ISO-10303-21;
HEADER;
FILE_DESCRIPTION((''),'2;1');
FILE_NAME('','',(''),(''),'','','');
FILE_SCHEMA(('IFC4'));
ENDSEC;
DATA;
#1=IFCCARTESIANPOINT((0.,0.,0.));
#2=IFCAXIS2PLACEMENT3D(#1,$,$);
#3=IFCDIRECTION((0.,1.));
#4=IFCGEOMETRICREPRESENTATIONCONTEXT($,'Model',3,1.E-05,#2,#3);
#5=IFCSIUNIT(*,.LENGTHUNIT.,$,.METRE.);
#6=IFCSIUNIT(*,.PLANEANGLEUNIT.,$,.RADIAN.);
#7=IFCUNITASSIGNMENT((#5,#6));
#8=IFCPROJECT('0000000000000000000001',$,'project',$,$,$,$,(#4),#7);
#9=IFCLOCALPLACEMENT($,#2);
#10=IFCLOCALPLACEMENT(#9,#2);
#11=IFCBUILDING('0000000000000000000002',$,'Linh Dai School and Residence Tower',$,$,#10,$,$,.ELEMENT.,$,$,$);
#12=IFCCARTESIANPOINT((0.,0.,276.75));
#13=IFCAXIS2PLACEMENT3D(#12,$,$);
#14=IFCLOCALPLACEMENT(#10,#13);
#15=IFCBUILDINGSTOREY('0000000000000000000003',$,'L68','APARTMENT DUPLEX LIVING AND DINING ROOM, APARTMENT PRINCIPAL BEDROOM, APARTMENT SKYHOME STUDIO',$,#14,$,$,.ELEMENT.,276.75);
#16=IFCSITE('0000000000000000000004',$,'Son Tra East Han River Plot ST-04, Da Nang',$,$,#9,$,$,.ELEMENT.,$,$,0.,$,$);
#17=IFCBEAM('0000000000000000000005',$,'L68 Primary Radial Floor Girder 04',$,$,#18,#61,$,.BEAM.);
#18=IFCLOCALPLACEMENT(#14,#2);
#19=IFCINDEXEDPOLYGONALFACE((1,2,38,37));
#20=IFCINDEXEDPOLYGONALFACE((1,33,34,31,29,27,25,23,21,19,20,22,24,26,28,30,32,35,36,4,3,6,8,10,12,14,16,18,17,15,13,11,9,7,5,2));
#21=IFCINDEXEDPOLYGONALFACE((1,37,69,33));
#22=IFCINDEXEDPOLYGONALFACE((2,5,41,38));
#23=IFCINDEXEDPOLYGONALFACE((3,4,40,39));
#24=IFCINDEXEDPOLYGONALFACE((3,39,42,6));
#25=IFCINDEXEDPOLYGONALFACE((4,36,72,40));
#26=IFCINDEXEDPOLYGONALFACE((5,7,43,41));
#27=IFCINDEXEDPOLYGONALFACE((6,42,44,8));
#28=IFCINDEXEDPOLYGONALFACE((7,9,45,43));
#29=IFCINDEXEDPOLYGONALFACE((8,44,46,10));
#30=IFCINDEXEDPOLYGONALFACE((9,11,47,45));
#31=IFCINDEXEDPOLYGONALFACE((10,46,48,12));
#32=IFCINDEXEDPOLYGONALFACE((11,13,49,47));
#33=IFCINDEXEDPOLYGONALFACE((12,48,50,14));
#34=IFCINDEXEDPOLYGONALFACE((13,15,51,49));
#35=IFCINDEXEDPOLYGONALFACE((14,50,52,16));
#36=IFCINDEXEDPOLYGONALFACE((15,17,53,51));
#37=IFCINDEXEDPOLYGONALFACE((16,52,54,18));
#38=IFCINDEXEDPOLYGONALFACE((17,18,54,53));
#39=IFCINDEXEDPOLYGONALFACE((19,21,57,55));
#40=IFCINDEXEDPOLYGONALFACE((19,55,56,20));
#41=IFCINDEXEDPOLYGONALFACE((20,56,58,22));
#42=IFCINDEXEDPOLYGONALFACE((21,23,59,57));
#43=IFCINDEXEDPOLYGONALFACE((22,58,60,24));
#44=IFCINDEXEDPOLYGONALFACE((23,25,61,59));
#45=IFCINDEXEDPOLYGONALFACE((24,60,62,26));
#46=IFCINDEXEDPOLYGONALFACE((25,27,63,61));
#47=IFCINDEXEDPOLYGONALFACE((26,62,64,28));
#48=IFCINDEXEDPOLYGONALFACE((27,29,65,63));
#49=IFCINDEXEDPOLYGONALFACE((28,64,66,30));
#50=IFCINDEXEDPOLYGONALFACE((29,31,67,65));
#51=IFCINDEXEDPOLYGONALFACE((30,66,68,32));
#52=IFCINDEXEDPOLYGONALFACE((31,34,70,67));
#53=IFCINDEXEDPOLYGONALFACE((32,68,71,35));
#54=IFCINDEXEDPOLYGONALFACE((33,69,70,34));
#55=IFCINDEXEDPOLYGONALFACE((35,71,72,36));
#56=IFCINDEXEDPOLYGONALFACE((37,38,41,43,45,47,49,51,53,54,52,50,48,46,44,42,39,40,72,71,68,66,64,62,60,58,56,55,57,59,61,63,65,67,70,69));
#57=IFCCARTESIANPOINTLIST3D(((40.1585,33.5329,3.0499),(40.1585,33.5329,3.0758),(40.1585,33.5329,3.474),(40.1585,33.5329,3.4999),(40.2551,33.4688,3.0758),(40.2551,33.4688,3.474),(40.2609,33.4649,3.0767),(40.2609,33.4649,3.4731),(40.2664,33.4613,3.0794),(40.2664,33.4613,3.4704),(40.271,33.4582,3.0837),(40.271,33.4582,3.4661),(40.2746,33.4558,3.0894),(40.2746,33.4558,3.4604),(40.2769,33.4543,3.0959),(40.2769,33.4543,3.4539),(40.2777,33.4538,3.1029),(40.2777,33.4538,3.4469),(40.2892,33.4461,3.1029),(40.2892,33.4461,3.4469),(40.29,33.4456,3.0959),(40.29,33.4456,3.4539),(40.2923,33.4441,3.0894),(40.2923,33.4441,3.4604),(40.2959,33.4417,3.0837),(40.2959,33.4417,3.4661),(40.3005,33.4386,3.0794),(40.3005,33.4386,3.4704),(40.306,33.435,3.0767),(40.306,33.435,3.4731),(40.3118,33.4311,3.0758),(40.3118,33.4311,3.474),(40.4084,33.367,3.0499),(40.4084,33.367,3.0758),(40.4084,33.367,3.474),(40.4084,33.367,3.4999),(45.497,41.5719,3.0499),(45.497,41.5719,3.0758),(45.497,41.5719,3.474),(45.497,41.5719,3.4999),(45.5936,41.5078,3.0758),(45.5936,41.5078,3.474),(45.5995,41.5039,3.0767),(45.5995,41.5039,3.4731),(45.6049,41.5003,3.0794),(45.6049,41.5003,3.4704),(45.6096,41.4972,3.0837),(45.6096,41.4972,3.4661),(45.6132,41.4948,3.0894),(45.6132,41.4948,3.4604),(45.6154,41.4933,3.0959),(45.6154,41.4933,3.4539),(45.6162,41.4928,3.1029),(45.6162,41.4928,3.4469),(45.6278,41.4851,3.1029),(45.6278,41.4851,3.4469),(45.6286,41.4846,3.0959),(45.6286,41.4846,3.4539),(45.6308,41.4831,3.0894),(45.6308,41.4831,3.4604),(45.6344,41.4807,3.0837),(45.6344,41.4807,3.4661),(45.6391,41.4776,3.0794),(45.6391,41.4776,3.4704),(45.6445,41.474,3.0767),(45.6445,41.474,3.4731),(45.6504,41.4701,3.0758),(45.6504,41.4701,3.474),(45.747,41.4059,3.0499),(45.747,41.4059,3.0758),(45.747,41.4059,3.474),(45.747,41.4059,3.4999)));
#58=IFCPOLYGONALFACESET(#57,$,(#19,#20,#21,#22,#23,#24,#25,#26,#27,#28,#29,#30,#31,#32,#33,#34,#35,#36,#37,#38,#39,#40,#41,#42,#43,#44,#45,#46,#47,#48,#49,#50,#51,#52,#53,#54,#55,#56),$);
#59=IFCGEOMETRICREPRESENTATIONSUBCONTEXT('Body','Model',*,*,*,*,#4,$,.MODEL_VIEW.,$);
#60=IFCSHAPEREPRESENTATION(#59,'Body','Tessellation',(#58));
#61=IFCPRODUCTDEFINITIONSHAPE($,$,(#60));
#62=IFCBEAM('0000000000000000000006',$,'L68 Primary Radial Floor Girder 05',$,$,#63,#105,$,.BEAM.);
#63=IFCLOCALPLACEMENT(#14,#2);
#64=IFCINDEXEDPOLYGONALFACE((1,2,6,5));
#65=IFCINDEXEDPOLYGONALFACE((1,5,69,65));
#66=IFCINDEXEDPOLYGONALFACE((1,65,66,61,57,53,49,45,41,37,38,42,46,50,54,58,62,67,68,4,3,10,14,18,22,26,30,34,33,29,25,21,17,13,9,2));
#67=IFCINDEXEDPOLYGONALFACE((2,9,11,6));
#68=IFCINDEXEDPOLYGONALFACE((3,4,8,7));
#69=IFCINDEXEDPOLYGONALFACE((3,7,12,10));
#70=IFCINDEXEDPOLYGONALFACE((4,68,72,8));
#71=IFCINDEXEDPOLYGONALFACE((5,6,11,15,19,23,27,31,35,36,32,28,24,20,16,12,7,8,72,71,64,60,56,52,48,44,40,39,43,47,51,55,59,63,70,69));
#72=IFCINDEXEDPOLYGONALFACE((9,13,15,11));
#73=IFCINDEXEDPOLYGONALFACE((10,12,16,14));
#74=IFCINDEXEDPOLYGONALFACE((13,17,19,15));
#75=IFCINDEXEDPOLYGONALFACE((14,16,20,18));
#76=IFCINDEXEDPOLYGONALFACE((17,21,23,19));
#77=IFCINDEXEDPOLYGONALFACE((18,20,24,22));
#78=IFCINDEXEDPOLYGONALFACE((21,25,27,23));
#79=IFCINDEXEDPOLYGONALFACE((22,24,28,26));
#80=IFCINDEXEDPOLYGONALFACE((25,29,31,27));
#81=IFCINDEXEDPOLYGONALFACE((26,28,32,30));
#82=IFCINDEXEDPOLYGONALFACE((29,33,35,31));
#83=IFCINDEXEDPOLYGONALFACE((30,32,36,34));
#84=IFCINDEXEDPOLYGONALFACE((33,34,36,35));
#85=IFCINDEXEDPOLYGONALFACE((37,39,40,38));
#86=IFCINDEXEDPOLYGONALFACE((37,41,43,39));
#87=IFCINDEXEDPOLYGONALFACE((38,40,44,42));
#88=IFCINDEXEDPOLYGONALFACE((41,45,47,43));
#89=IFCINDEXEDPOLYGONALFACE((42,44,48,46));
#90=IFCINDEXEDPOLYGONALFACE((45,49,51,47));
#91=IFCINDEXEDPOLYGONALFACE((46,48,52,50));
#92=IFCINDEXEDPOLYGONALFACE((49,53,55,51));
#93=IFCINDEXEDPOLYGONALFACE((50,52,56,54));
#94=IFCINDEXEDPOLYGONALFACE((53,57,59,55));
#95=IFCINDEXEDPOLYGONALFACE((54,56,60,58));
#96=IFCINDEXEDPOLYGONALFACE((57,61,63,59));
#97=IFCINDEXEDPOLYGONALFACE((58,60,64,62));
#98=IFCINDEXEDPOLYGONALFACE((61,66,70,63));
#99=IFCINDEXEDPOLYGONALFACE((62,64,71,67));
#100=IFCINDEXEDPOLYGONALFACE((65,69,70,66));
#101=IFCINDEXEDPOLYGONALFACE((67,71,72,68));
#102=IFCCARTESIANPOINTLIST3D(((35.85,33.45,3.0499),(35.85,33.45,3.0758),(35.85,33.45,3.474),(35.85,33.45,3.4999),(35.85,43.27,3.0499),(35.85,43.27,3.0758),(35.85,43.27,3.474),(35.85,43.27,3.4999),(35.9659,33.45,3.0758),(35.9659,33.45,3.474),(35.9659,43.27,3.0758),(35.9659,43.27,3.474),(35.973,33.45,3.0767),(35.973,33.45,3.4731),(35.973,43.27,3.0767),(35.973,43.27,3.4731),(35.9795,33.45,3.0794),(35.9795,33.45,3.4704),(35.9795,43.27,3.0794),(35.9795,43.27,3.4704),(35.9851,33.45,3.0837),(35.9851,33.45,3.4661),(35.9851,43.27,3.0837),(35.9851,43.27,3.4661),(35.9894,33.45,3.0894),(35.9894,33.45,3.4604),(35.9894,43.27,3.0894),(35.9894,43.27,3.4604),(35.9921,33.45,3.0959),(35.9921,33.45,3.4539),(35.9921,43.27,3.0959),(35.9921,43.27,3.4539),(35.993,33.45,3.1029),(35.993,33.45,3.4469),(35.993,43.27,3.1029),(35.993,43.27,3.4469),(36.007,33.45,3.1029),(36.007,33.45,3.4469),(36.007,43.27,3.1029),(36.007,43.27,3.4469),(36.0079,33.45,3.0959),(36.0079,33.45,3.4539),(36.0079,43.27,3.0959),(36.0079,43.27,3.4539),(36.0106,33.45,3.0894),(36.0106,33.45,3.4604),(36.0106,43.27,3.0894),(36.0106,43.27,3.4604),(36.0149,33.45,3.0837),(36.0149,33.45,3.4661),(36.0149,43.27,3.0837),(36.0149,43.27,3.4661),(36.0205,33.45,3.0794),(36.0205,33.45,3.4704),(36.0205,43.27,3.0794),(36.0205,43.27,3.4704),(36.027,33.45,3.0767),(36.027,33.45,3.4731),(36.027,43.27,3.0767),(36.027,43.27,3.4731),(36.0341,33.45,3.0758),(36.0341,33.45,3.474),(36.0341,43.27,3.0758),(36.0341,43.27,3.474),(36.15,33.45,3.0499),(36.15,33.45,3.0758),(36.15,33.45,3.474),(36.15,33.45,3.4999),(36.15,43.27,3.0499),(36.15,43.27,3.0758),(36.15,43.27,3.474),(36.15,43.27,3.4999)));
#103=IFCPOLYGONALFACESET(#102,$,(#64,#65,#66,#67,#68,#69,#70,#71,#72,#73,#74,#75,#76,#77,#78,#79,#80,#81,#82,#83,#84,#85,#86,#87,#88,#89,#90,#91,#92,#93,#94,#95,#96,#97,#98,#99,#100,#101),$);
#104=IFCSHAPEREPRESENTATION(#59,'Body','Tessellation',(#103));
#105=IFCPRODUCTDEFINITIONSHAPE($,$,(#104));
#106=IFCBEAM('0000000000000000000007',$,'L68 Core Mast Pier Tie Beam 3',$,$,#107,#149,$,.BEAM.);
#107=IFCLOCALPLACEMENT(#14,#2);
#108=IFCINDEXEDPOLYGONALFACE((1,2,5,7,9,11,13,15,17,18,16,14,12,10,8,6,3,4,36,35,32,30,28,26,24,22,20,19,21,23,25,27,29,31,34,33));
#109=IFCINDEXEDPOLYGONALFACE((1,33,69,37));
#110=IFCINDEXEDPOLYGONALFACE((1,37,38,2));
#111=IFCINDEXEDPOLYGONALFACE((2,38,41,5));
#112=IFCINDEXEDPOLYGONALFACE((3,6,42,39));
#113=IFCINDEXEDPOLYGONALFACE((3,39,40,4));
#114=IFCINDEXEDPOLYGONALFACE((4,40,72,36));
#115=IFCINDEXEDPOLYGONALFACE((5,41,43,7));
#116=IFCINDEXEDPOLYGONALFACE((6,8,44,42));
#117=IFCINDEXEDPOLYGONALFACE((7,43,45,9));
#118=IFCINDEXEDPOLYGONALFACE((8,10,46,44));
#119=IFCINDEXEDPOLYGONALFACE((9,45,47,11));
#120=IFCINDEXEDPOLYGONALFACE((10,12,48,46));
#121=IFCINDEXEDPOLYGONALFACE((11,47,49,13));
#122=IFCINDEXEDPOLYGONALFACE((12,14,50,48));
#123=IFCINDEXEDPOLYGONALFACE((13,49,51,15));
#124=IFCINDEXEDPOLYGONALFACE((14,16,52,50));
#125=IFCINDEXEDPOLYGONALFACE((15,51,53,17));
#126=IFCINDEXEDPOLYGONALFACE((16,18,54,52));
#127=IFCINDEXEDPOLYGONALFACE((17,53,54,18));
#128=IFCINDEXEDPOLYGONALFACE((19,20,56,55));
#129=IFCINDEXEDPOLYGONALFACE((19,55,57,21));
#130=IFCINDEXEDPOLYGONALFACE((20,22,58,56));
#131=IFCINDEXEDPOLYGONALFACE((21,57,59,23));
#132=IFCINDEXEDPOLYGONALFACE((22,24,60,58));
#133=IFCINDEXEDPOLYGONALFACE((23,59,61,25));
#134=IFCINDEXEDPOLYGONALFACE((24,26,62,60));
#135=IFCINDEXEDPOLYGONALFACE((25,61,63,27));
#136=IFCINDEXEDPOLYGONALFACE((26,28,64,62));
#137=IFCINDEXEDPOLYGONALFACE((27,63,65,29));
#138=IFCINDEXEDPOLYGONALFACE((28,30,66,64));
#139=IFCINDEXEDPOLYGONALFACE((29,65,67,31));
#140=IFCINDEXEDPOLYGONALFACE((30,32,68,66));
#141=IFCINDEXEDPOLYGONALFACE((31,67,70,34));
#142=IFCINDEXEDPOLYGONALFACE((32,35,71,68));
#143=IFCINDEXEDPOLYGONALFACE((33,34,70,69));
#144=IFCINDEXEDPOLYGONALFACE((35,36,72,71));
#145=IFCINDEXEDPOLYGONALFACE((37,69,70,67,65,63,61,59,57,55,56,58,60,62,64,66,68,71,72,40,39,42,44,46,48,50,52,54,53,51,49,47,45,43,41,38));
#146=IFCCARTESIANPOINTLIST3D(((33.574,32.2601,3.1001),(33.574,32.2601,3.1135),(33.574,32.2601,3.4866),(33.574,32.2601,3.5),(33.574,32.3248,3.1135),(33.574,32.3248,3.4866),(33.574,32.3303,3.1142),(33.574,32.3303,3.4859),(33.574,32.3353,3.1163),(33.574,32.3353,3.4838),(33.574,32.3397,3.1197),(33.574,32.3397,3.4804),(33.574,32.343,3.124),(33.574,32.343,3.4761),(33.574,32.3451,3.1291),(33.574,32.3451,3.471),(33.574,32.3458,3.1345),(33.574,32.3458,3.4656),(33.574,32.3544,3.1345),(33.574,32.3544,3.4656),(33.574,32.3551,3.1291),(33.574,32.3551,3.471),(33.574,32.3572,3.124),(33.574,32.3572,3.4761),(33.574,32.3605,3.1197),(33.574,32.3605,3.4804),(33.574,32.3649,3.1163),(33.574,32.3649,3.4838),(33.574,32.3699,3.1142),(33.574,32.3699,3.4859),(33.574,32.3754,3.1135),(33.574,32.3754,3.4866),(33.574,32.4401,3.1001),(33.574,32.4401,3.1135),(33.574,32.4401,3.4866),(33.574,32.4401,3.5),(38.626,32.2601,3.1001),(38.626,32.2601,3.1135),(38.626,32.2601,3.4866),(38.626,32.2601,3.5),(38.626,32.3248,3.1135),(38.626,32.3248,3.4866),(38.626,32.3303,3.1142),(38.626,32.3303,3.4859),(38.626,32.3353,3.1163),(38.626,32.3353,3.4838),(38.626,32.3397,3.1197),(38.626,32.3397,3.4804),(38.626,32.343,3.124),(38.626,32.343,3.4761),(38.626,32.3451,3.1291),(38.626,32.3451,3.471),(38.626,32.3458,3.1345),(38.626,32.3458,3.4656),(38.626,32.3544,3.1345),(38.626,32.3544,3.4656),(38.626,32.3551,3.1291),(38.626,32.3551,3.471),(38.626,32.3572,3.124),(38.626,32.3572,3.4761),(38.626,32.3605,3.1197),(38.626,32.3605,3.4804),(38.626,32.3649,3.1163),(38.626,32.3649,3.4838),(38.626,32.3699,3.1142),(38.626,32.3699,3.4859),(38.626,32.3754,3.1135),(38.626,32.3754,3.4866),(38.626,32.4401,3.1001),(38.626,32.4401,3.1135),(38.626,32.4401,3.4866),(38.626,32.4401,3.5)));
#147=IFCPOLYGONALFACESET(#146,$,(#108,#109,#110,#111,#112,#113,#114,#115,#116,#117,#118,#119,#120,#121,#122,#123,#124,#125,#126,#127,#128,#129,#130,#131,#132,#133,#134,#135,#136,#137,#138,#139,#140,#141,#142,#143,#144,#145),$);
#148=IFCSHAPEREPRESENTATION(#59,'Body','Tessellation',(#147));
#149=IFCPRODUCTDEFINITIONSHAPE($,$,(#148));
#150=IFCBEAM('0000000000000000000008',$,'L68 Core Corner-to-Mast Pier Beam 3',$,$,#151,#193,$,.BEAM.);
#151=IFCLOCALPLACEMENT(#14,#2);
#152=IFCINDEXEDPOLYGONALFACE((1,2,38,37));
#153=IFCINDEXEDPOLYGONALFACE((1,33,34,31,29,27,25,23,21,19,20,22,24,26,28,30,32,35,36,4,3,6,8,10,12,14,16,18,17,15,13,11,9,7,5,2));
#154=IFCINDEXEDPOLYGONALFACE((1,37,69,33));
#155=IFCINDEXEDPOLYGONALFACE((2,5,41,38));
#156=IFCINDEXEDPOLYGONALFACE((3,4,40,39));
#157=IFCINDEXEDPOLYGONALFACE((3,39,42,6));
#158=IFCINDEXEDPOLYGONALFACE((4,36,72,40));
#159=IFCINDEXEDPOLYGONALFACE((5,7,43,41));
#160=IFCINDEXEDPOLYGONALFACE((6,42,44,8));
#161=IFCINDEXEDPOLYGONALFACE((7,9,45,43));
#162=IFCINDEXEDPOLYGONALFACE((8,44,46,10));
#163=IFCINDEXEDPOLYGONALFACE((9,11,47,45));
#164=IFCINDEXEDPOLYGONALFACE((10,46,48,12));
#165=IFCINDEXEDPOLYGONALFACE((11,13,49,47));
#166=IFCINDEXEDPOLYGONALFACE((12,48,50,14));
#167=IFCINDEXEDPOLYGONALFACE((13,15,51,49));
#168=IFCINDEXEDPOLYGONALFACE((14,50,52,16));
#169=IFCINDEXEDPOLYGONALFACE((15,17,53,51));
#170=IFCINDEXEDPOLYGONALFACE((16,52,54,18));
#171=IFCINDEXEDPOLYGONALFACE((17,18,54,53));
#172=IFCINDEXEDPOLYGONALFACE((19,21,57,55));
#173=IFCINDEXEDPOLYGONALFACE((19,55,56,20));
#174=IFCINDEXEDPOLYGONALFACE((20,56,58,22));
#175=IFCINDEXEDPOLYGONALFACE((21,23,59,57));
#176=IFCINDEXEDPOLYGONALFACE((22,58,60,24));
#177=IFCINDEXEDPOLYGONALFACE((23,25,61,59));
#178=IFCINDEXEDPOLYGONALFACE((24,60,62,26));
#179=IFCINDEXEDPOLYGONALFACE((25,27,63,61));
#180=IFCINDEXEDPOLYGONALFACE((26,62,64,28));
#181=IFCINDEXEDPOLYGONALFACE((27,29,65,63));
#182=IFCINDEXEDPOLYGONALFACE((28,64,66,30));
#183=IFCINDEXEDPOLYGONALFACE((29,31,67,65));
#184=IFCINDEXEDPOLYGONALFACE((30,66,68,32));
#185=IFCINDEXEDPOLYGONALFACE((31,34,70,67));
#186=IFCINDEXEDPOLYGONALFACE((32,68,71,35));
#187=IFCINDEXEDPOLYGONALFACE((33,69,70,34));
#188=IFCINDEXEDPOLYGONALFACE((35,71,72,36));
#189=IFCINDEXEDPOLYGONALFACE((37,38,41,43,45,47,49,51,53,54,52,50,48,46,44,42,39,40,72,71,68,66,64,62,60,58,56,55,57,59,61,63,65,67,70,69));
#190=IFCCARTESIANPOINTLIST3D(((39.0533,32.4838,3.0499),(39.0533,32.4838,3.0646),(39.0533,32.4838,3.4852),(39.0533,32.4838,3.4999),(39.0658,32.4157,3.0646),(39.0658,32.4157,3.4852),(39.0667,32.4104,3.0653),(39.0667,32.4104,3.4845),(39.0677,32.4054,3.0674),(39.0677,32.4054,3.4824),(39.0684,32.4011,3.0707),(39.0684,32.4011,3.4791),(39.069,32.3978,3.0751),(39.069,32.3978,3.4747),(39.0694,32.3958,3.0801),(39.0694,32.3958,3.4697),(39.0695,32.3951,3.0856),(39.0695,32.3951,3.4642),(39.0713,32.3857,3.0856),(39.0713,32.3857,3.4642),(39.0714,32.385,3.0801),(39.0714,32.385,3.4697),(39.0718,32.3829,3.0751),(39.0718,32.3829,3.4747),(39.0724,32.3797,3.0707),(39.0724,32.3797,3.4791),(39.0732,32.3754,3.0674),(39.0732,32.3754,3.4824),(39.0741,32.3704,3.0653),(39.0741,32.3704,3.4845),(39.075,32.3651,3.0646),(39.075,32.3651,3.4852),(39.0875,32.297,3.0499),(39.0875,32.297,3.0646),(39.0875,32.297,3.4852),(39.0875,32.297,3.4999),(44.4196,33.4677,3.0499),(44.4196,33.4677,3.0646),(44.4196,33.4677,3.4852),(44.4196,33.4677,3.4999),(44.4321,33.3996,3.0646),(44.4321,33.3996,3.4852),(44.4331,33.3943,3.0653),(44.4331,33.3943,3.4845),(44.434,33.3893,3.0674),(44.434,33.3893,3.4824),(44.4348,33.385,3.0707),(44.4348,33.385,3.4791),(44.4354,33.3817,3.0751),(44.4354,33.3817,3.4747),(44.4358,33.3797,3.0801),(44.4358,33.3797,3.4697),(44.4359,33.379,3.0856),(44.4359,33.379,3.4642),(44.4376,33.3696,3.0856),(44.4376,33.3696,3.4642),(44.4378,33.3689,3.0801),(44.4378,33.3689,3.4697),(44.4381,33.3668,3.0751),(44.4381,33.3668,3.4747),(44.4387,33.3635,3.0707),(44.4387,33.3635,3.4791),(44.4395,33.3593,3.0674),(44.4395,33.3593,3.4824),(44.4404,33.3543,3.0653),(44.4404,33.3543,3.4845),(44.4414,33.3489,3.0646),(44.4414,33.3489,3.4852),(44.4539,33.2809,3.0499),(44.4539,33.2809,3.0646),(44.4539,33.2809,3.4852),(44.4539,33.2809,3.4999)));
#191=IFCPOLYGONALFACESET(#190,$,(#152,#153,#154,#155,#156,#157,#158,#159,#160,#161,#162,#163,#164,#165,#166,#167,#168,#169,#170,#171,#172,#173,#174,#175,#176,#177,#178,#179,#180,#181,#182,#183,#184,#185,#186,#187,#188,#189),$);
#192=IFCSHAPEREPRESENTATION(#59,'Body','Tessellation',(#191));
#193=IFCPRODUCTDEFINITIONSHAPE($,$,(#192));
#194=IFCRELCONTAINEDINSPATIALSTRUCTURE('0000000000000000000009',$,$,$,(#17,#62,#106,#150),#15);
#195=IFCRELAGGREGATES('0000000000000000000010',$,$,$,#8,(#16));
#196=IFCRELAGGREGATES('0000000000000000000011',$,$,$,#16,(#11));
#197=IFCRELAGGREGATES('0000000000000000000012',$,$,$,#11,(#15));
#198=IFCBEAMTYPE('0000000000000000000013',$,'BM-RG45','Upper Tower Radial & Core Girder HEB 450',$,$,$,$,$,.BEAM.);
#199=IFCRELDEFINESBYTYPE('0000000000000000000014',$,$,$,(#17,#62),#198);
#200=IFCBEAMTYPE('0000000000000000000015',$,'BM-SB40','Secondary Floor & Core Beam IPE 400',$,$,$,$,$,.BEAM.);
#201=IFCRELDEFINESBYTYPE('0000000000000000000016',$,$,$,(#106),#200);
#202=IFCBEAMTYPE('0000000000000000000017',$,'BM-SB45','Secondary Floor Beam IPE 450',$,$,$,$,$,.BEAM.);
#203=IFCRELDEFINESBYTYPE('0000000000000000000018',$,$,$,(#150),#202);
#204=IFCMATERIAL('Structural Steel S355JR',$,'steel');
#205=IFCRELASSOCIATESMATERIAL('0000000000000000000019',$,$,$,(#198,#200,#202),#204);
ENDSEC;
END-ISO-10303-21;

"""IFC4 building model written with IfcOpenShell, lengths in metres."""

from ifc_helpers import new_model, si_unit, direction, frame, origin, origin_2d, place, context, subcontext, project, spatial, i_section, extrude, material, material_profile, profile_set, type_object, element, save


model = new_model("IFC4")

# Units and contexts
model_context = context("Model", 3, precision=1e-05, world=origin(), true_north=direction((0.0, 1.0)))
body_context = subcontext(model_context, "Body", "Model", "MODEL_VIEW")
ifc_project = project(units=[si_unit("LENGTHUNIT", "METRE"), si_unit("PLANEANGLEUNIT", "RADIAN")], contexts=[model_context])

# Site, building, storey
site_placement = place(None, origin())
site = spatial("IfcSite", under=ifc_project, at=site_placement, Name="Son Tra East Han River Plot ST-04, Da Nang", CompositionType="ELEMENT", RefElevation=0.0)
building_placement = place(site_placement, origin())
building = spatial("IfcBuilding", under=site, at=building_placement, Name="Linh Dai School and Residence Tower", CompositionType="ELEMENT")
storey_placement = place(building_placement, frame((0.0, 0.0, 276.75)))
storey = spatial("IfcBuildingStorey", under=building, at=storey_placement, Name="L68", Description="APARTMENT DUPLEX LIVING AND DINING ROOM, APARTMENT PRINCIPAL BEDROOM, APARTMENT SKYHOME STUDIO", CompositionType="ELEMENT", Elevation=276.75)

# Shared definitions
ifc_material_1 = material(Name="Structural Steel S355JR", Category="steel")

# Beams
ifc_material_profile_1 = material_profile(ifc_material_1, i_section(OverallWidth=0.3, OverallDepth=0.45, WebThickness=0.0139, FlangeThickness=0.0259, FilletRadius=0.0271, at=origin_2d()), Name="HEB 450")
ifc_profile_set_1 = profile_set([ifc_material_profile_1], Name="Structural Steel S355JR")
beam_type_1 = type_object("IfcBeamType", Name="BM-RG45", Description="Upper Tower Radial & Core Girder HEB 450", PredefinedType="BEAM", material=ifc_profile_set_1)
beam_1_placement = place(storey_placement, frame((40.2834, 33.45, 3.2749), z_axis=(0.553211, 0.833041, 0.0), x_axis=(-0.833041, 0.553211, 0.0)))
element("IfcBeam", 1, at=beam_1_placement, inside=storey, type_object=beam_type_1, Name="L68 Primary Radial Floor Girder 04", PredefinedType="BEAM", context=body_context, shape_type="SweptSolid", body=[
    extrude(i_section(OverallWidth=0.3, OverallDepth=0.45, WebThickness=0.0139, FlangeThickness=0.0259, FilletRadius=0.0271, at=origin_2d()), origin(), (0.0, 0.0, 1.0), 9.6501),
])
beam_2_placement = place(storey_placement, frame((36.0, 33.45, 3.2749), z_axis=(0.0, 1.0, 0.0), x_axis=(-1.0, 0.0, 0.0)))
element("IfcBeam", 2, at=beam_2_placement, inside=storey, type_object=beam_type_1, Name="L68 Primary Radial Floor Girder 05", PredefinedType="BEAM", context=body_context, shape_type="SweptSolid", body=[
    extrude(i_section(OverallWidth=0.3, OverallDepth=0.45, WebThickness=0.0139, FlangeThickness=0.0259, FilletRadius=0.0271, at=origin_2d()), origin(), (0.0, 0.0, 1.0), 9.8201),
])
ifc_material_profile_2 = material_profile(ifc_material_1, i_section(OverallWidth=0.1799, OverallDepth=0.3999, WebThickness=0.0085, FlangeThickness=0.0134, FilletRadius=0.021, at=origin_2d()), Name="IPE 400")
ifc_profile_set_2 = profile_set([ifc_material_profile_2], Name="Structural Steel S355JR")
beam_type_2 = type_object("IfcBeamType", Name="BM-SB40", Description="Secondary Floor & Core Beam IPE 400", PredefinedType="BEAM", material=ifc_profile_set_2)
beam_3_placement = place(storey_placement, frame((38.626, 32.3501, 3.3), z_axis=(-1.0, 0.0, 0.0), x_axis=(0.0, -1.0, 0.0)))
element("IfcBeam", 3, at=beam_3_placement, inside=storey, type_object=beam_type_2, Name="L68 Core Mast Pier Tie Beam 3", PredefinedType="BEAM", context=body_context, shape_type="SweptSolid", body=[
    extrude(i_section(OverallWidth=0.1799, OverallDepth=0.3999, WebThickness=0.0085, FlangeThickness=0.0134, FilletRadius=0.021, at=origin_2d()), origin(), (0.0, 0.0, 1.0), 5.052),
])
ifc_material_profile_3 = material_profile(ifc_material_1, i_section(OverallWidth=0.1899, OverallDepth=0.45, WebThickness=0.0095, FlangeThickness=0.0146, FilletRadius=0.021, at=origin_2d()), Name="IPE 450")
ifc_profile_set_3 = profile_set([ifc_material_profile_3], Name="Structural Steel S355JR")
beam_type_3 = type_object("IfcBeamType", Name="BM-SB45", Description="Secondary Floor Beam IPE 450", PredefinedType="BEAM", material=ifc_profile_set_3)
beam_4_placement = place(storey_placement, frame((44.4368, 33.3743, 3.2749), z_axis=(-0.983605, -0.180334, 0.0), x_axis=(0.180334, -0.983605, 0.0)))
element("IfcBeam", 4, at=beam_4_placement, inside=storey, type_object=beam_type_3, Name="L68 Core Corner-to-Mast Pier Beam 3", PredefinedType="BEAM", context=body_context, shape_type="SweptSolid", body=[
    extrude(i_section(OverallWidth=0.1899, OverallDepth=0.45, WebThickness=0.0095, FlangeThickness=0.0146, FilletRadius=0.021, at=origin_2d()), origin(), (0.0, 0.0, 1.0), 5.4558),
])

save(model, "model.ifc")
